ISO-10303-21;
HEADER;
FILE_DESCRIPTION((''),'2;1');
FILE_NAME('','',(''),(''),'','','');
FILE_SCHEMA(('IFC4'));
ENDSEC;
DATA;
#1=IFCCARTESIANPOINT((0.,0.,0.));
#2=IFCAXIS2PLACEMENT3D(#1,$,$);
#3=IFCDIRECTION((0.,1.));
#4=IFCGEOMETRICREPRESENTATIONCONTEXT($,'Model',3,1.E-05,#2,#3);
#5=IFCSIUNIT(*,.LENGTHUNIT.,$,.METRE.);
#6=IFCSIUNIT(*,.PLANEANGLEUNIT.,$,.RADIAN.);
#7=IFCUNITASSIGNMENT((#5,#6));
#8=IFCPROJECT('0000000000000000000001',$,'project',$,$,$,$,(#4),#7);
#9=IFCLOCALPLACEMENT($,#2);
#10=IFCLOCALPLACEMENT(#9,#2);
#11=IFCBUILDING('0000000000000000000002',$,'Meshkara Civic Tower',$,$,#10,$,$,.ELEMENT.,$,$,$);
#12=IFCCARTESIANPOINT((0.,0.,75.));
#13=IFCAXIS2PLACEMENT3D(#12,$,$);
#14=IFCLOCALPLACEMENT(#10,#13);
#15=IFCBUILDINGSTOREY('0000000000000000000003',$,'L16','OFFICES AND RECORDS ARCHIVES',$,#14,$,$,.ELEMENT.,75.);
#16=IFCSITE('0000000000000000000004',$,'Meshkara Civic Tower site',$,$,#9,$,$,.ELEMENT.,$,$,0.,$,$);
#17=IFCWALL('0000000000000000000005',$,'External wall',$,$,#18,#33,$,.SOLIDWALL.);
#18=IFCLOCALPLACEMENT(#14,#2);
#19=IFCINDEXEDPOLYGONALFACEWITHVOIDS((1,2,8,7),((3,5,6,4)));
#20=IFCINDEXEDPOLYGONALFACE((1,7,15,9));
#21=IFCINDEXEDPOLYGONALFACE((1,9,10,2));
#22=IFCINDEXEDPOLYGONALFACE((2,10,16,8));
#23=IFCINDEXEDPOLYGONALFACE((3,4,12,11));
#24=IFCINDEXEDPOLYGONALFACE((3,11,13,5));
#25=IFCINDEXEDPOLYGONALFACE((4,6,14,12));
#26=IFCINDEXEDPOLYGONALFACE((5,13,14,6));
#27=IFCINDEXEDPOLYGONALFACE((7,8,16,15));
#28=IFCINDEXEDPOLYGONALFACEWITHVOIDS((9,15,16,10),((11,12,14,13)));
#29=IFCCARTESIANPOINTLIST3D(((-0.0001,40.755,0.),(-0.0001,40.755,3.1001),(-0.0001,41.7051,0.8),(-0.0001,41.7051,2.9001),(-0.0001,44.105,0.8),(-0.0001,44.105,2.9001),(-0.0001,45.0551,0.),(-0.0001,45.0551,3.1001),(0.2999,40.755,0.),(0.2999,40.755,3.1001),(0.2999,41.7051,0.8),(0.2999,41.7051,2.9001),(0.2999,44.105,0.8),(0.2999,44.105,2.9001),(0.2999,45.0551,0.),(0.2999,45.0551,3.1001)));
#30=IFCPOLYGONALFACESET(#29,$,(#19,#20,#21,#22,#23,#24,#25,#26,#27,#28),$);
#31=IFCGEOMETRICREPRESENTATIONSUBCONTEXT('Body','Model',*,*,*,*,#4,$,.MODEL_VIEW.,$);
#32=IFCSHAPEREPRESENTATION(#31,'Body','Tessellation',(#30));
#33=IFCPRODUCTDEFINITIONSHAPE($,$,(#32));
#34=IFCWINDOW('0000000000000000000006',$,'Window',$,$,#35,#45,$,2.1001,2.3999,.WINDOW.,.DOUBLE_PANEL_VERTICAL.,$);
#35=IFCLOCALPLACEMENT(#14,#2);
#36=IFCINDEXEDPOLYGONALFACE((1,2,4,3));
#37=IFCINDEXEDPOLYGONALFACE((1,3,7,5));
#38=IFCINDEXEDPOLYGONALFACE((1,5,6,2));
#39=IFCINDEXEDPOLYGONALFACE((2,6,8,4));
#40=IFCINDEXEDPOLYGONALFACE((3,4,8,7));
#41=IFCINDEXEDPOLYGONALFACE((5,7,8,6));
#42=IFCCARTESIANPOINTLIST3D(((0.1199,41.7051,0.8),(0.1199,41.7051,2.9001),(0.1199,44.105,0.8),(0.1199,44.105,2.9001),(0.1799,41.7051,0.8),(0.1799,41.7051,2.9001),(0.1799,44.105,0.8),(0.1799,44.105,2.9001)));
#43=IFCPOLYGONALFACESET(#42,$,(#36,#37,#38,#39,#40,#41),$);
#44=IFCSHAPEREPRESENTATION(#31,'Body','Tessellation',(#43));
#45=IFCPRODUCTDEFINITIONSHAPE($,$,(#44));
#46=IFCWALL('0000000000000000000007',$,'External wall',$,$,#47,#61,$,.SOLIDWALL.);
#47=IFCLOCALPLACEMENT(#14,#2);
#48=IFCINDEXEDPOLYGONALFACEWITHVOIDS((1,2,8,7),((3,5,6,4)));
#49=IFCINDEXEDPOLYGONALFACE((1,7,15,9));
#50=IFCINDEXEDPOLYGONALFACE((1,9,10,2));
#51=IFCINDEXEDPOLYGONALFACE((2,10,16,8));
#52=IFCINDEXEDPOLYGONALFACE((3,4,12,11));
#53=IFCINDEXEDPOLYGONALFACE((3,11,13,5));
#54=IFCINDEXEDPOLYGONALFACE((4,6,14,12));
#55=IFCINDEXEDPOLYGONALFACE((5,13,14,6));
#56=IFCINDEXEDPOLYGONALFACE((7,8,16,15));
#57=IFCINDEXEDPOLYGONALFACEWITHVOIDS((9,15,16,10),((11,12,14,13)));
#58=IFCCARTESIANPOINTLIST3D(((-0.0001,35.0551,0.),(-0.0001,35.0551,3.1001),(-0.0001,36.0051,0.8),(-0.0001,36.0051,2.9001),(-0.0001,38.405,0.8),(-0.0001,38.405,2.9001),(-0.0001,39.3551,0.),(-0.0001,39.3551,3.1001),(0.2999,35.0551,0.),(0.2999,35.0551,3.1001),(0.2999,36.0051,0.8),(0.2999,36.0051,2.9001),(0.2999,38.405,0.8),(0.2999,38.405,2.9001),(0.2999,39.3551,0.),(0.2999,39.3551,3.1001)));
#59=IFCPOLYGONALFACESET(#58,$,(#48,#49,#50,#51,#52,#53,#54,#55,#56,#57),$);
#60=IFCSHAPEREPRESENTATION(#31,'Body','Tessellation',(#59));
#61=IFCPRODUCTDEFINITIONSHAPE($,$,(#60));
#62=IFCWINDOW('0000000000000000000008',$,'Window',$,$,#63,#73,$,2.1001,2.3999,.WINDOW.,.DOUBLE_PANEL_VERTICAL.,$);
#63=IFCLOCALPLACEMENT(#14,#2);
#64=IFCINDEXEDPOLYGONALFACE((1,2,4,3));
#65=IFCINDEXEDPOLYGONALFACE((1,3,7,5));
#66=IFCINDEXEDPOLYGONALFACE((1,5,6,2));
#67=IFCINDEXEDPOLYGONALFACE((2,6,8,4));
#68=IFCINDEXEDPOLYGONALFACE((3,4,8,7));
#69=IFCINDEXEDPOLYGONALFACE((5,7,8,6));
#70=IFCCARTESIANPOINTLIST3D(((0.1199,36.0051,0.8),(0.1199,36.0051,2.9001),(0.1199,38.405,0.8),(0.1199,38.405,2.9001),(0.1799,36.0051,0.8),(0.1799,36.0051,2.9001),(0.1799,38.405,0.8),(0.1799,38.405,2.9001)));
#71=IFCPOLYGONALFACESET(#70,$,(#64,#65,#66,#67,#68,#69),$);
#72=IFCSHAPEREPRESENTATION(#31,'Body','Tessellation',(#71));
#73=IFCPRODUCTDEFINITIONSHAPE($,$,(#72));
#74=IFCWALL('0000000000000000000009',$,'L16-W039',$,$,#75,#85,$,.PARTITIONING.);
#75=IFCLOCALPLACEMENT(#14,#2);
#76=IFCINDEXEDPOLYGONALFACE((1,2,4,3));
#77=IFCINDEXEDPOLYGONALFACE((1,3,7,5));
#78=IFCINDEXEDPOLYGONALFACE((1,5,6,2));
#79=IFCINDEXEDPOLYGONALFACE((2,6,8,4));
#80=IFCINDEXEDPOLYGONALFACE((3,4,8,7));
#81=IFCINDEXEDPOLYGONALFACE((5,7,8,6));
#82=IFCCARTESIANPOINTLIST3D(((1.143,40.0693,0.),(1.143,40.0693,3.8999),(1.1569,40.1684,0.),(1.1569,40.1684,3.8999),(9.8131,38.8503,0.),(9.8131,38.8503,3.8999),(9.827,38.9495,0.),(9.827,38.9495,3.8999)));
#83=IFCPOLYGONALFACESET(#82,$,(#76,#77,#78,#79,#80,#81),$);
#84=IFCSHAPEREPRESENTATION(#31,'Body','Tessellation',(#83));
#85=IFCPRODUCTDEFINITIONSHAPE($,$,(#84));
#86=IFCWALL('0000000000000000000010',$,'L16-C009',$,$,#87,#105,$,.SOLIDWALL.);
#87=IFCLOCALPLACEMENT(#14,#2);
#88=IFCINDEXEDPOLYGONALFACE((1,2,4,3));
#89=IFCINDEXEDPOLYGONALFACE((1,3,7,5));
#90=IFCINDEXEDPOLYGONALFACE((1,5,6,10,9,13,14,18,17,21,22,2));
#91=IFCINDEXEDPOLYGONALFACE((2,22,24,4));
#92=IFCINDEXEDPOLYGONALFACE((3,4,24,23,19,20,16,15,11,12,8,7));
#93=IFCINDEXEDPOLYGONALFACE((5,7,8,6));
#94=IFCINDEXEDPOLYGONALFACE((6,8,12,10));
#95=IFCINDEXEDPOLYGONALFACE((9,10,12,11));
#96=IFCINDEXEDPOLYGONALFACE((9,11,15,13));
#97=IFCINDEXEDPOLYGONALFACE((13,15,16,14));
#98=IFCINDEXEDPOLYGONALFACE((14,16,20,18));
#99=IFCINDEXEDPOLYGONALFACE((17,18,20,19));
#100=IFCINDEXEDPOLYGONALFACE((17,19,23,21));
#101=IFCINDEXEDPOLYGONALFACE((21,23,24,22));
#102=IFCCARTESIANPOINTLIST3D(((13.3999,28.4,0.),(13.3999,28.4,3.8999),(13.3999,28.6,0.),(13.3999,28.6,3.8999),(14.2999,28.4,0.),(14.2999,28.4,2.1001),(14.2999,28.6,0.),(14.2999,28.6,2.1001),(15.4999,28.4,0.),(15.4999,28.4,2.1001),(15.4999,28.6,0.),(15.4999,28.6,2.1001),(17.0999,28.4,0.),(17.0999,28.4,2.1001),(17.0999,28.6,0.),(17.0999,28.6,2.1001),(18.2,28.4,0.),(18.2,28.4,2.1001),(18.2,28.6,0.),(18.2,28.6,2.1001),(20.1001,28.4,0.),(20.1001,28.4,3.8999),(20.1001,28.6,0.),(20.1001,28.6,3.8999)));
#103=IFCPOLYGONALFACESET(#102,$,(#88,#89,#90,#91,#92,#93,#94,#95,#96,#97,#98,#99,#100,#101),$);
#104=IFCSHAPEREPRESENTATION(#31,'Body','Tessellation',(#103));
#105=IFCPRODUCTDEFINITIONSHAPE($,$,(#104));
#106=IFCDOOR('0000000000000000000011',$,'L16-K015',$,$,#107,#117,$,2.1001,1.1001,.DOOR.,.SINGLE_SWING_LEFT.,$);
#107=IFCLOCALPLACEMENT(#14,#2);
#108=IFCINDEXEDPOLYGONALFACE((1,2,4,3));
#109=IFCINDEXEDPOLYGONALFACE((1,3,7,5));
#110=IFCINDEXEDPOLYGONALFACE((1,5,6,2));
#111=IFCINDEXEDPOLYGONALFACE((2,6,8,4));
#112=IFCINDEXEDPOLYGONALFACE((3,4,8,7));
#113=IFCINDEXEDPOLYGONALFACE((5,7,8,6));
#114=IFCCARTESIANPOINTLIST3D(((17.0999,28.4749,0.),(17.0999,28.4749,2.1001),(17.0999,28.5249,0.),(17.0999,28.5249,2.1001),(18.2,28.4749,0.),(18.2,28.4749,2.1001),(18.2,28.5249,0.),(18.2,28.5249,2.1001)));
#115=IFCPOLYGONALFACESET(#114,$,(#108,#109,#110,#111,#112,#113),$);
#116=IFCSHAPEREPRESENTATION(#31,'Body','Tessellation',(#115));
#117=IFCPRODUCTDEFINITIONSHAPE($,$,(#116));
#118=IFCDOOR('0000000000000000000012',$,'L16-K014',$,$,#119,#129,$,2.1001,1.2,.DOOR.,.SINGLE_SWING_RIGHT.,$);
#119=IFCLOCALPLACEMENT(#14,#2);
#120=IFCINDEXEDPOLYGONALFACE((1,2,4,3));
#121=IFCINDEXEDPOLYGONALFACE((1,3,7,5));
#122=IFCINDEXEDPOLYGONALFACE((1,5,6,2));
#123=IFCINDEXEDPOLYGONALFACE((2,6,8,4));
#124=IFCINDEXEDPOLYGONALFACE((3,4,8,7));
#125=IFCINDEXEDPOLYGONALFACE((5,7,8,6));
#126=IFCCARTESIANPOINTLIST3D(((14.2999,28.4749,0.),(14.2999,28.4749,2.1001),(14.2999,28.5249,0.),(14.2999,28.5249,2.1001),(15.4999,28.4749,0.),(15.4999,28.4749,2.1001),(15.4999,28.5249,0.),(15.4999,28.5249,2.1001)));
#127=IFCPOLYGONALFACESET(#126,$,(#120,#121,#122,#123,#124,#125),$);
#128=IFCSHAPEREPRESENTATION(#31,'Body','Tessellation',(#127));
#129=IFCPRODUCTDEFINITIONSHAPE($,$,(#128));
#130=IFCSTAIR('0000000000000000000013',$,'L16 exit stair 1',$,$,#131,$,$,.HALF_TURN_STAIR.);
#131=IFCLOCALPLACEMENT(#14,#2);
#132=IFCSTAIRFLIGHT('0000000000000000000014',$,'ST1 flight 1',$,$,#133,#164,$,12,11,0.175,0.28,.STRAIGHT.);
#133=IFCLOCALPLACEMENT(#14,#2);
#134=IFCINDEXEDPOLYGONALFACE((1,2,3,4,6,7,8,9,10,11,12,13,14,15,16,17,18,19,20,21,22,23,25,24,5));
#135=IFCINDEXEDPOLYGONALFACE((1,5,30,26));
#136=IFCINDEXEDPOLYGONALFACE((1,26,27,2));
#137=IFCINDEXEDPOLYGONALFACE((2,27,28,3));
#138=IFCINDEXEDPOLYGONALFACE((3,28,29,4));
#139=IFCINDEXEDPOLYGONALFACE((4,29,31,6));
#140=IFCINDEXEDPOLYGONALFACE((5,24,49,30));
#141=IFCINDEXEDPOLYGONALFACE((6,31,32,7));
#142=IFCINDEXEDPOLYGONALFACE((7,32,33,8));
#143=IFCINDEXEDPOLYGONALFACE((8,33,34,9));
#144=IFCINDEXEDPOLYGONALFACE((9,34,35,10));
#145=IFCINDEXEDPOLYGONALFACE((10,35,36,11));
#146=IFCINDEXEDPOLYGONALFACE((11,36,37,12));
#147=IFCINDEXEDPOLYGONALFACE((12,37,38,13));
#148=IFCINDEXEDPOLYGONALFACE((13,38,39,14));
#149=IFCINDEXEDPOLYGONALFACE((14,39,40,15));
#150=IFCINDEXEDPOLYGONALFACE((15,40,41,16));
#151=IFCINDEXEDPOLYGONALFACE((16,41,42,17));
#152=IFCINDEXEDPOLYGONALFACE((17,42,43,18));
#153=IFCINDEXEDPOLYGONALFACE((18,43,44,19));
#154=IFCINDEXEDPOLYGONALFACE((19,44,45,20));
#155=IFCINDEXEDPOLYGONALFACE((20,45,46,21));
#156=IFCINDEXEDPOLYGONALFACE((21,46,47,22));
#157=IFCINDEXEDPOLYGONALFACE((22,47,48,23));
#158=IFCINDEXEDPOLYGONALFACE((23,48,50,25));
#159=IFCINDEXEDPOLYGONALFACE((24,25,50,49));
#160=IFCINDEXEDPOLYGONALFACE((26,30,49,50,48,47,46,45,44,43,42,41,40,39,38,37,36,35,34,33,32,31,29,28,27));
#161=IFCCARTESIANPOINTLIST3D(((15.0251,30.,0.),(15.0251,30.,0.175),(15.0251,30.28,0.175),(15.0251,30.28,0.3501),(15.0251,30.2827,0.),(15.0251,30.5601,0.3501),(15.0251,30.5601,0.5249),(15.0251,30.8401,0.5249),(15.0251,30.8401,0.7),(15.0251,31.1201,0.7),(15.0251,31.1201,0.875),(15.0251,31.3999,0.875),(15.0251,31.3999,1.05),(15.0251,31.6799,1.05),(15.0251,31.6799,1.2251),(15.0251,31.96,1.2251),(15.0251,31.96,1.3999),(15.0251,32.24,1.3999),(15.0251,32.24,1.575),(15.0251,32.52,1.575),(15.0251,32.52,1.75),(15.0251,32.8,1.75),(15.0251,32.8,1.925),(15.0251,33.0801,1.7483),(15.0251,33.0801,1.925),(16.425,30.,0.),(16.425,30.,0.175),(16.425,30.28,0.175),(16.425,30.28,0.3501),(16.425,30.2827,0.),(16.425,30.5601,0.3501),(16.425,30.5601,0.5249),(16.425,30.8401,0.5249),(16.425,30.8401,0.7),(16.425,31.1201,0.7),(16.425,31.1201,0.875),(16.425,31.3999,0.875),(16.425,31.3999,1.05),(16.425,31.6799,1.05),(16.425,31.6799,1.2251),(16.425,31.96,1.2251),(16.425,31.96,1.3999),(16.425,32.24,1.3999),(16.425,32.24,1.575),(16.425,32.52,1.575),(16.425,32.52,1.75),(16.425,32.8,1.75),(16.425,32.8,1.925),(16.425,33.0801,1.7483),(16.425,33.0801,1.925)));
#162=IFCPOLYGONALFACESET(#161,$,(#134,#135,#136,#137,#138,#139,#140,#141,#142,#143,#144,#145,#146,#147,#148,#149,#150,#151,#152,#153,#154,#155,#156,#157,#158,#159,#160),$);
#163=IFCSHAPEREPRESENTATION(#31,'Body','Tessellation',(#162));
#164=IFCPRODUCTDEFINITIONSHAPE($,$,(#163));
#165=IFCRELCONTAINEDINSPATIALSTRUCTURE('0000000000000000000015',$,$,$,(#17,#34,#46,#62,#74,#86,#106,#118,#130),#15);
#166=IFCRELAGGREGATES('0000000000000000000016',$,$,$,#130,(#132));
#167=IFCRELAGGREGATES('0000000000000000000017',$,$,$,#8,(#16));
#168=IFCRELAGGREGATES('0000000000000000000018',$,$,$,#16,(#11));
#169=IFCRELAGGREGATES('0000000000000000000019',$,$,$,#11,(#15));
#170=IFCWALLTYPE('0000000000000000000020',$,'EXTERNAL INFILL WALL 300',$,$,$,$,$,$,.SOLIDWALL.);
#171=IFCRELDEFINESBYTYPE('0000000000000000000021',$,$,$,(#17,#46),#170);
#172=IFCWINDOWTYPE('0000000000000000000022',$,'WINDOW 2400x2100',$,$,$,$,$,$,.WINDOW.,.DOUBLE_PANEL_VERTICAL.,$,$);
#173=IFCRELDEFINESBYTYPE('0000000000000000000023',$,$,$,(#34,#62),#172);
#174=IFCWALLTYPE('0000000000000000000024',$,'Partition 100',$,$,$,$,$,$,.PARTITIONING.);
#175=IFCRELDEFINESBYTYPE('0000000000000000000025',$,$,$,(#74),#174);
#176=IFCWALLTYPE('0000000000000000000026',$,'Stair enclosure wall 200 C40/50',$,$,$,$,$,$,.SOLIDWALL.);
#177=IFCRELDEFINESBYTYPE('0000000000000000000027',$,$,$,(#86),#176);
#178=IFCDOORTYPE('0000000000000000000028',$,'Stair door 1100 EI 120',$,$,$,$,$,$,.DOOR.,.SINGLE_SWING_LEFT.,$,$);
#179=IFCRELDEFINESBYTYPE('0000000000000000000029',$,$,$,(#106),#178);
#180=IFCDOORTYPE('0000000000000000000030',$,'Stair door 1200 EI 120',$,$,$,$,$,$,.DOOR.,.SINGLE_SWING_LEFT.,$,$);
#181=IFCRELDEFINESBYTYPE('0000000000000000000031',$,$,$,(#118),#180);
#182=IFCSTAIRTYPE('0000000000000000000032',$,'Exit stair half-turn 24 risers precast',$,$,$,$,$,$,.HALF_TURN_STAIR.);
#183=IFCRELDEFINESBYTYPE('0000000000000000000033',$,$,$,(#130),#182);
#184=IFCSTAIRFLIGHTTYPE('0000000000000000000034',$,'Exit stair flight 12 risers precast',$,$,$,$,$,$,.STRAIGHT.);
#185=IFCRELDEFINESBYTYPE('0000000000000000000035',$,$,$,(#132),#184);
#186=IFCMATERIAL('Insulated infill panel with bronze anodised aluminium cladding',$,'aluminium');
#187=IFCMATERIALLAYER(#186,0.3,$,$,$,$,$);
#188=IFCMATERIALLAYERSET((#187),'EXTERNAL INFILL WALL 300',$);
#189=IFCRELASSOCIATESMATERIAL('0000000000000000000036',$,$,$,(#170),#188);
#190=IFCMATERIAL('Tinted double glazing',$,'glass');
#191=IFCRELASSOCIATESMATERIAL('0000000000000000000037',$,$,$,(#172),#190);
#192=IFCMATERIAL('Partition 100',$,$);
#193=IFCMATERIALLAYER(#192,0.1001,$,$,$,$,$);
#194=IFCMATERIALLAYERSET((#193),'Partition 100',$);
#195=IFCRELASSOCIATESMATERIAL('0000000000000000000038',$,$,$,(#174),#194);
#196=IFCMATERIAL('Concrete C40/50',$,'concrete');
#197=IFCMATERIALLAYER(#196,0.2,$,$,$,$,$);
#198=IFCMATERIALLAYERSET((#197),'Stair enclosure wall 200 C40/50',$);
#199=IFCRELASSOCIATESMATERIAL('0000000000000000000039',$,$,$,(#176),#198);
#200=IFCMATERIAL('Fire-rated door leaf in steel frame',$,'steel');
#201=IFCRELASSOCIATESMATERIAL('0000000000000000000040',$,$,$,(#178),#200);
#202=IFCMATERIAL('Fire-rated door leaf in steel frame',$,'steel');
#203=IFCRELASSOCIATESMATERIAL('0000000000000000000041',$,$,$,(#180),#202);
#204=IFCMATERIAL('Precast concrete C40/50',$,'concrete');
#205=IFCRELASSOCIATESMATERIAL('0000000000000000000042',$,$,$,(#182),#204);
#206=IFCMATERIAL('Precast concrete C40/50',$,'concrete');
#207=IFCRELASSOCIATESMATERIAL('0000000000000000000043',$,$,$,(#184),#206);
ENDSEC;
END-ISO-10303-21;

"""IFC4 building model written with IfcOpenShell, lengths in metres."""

from ifc_helpers import new_model, si_unit, direction, frame, frame_2d, origin, place, context, subcontext, project, spatial, polyline, rectangle, outline, extrude, material, layer, layer_set, type_object, element, fill, aggregate, save


model = new_model("IFC4")

# Units and contexts
model_context = context("Model", 3, precision=1e-05, world=origin(), true_north=direction((0.0, 1.0)))
body_context = subcontext(model_context, "Body", "Model", "MODEL_VIEW")
ifc_project = project(units=[si_unit("LENGTHUNIT", "METRE"), si_unit("PLANEANGLEUNIT", "RADIAN")], contexts=[model_context])

# Site, building, storey
site_placement = place(None, origin())
site = spatial("IfcSite", under=ifc_project, at=site_placement, Name="Meshkara Civic Tower site", CompositionType="ELEMENT", RefElevation=0.0)
building_placement = place(site_placement, origin())
building = spatial("IfcBuilding", under=site, at=building_placement, Name="Meshkara Civic Tower", CompositionType="ELEMENT")
storey_placement = place(building_placement, frame((0.0, 0.0, 75.0)))
storey = spatial("IfcBuildingStorey", under=building, at=storey_placement, Name="L16", Description="OFFICES AND RECORDS ARCHIVES", CompositionType="ELEMENT", Elevation=75.0)

# Walls, openings, windows
ifc_material_1 = material(Name="Insulated infill panel with bronze anodised aluminium cladding", Category="aluminium")
ifc_layer_1 = layer(ifc_material_1, 0.3)
ifc_layer_set_1 = layer_set([ifc_layer_1], Name="EXTERNAL INFILL WALL 300")
wall_type_1 = type_object("IfcWallType", Name="EXTERNAL INFILL WALL 300", PredefinedType="SOLIDWALL", material=ifc_layer_set_1)
wall_1_placement = place(storey_placement, frame((0.1499, 45.0549, 0.0), z_axis=(0.0, 0.0, 1.0), x_axis=(0.0, -1.0, 0.0)))
wall_1 = element("IfcWall", 1, at=wall_1_placement, inside=storey, type_object=wall_type_1, Name="External wall", PredefinedType="SOLIDWALL", context=body_context, shape_type="SweptSolid", body=[
    extrude(rectangle(XDim=4.3, YDim=0.3, at=frame_2d((2.1499, 0.0))), origin(), (0.0, 0.0, 1.0), 3.1001),
])
opening_1_placement = place(wall_1_placement, frame((0.95, 0.0, 0.8)))
opening_1 = element("IfcOpeningElement", 2, at=opening_1_placement, cuts=wall_1, PredefinedType="OPENING", context=body_context, shape_type="SweptSolid", body=[
    extrude(rectangle(XDim=2.3999, YDim=2.1001, at=frame_2d((1.2, 1.05))), frame((0.0, 0.1599, 0.0), z_axis=(0.0, -1.0, 0.0), x_axis=(1.0, 0.0, 0.0)), (0.0, 0.0, 1.0), 0.3201),
])
ifc_material_2 = material(Name="Tinted double glazing", Category="glass")
window_type = type_object("IfcWindowType", Name="WINDOW 2400x2100", PartitioningType="DOUBLE_PANEL_VERTICAL", PredefinedType="WINDOW", material=ifc_material_2)
window_1_placement = place(opening_1_placement, origin())
window_1 = element("IfcWindow", 3, at=window_1_placement, inside=storey, type_object=window_type, Name="Window", OverallHeight=2.1001, OverallWidth=2.3999, PartitioningType="DOUBLE_PANEL_VERTICAL", PredefinedType="WINDOW", context=body_context, shape_type="SweptSolid", body=[
    extrude(rectangle(XDim=2.3999, YDim=2.1001, at=frame_2d((1.2, 1.05))), frame((0.0, 0.03, 0.0), z_axis=(0.0, -1.0, 0.0), x_axis=(1.0, 0.0, 0.0)), (0.0, 0.0, 1.0), 0.0601),
])
fill(opening_1, window_1)
wall_2_placement = place(storey_placement, frame((0.1499, 39.355, 0.0), z_axis=(0.0, 0.0, 1.0), x_axis=(0.0, -1.0, 0.0)))
wall_2 = element("IfcWall", 4, at=wall_2_placement, inside=storey, type_object=wall_type_1, Name="External wall", PredefinedType="SOLIDWALL", context=body_context, shape_type="SweptSolid", body=[
    extrude(rectangle(XDim=4.3, YDim=0.3, at=frame_2d((2.1499, 0.0))), origin(), (0.0, 0.0, 1.0), 3.1001),
])
opening_2_placement = place(wall_2_placement, frame((0.95, 0.0, 0.8)))
opening_2 = element("IfcOpeningElement", 5, at=opening_2_placement, cuts=wall_2, PredefinedType="OPENING", context=body_context, shape_type="SweptSolid", body=[
    extrude(rectangle(XDim=2.3999, YDim=2.1001, at=frame_2d((1.2, 1.05))), frame((0.0, 0.1599, 0.0), z_axis=(0.0, -1.0, 0.0), x_axis=(1.0, 0.0, 0.0)), (0.0, 0.0, 1.0), 0.3201),
])
window_2_placement = place(opening_2_placement, origin())
window_2 = element("IfcWindow", 6, at=window_2_placement, inside=storey, type_object=window_type, Name="Window", OverallHeight=2.1001, OverallWidth=2.3999, PartitioningType="DOUBLE_PANEL_VERTICAL", PredefinedType="WINDOW", context=body_context, shape_type="SweptSolid", body=[
    extrude(rectangle(XDim=2.3999, YDim=2.1001, at=frame_2d((1.2, 1.05))), frame((0.0, 0.03, 0.0), z_axis=(0.0, -1.0, 0.0), x_axis=(1.0, 0.0, 0.0)), (0.0, 0.0, 1.0), 0.0601),
])
fill(opening_2, window_2)

# Wall
ifc_material_3 = material(Name="Partition 100")
ifc_layer_2 = layer(ifc_material_3, 0.1001)
ifc_layer_set_2 = layer_set([ifc_layer_2], Name="Partition 100")
wall_type_2 = type_object("IfcWallType", Name="Partition 100", PredefinedType="PARTITIONING", material=ifc_layer_set_2)
wall_3_placement = place(storey_placement, frame((9.8201, 38.8999, 0.0), z_axis=(0.0, 0.0, 1.0), x_axis=(-0.99026, 0.139227, 0.0)))
element("IfcWall", 7, at=wall_3_placement, inside=storey, type_object=wall_type_2, Name="L16-W039", PredefinedType="PARTITIONING", context=body_context, shape_type="SweptSolid", body=[
    extrude(rectangle(XDim=8.7554, YDim=0.1001, at=frame_2d((4.3777, 0.0))), origin(), (0.0, 0.0, 1.0), 3.8999),
])

# Wall, openings, doors
ifc_material_4 = material(Name="Concrete C40/50", Category="concrete")
ifc_layer_3 = layer(ifc_material_4, 0.2)
ifc_layer_set_3 = layer_set([ifc_layer_3], Name="Stair enclosure wall 200 C40/50")
wall_type_3 = type_object("IfcWallType", Name="Stair enclosure wall 200 C40/50", PredefinedType="SOLIDWALL", material=ifc_layer_set_3)
wall_4_placement = place(storey_placement, frame((13.3999, 28.5, 0.0), z_axis=(0.0, 0.0, 1.0), x_axis=(1.0, 0.0, 0.0)))
wall_4 = element("IfcWall", 8, at=wall_4_placement, inside=storey, type_object=wall_type_3, Name="L16-C009", PredefinedType="SOLIDWALL", context=body_context, shape_type="SweptSolid", body=[
    extrude(rectangle(XDim=6.7002, YDim=0.2, at=frame_2d((3.3501, 0.0))), origin(), (0.0, 0.0, 1.0), 3.8999),
])
opening_3_placement = place(wall_4_placement, frame((0.8999, 0.0, 0.0)))
opening_3 = element("IfcOpeningElement", 9, at=opening_3_placement, cuts=wall_4, PredefinedType="OPENING", context=body_context, shape_type="SweptSolid", body=[
    extrude(rectangle(XDim=1.2, YDim=2.1001, at=frame_2d((0.6001, 1.05))), frame((0.0, 0.1099, 0.0), z_axis=(0.0, -1.0, 0.0), x_axis=(1.0, 0.0, 0.0)), (0.0, 0.0, 1.0), 0.22),
])
opening_4_placement = place(wall_4_placement, frame((3.7, 0.0, 0.0)))
opening_4 = element("IfcOpeningElement", 10, at=opening_4_placement, cuts=wall_4, PredefinedType="OPENING", context=body_context, shape_type="SweptSolid", body=[
    extrude(rectangle(XDim=1.1001, YDim=2.1001, at=frame_2d((0.55, 1.05))), frame((0.0, 0.1099, 0.0), z_axis=(0.0, -1.0, 0.0), x_axis=(1.0, 0.0, 0.0)), (0.0, 0.0, 1.0), 0.22),
])
ifc_material_5 = material(Name="Fire-rated door leaf in steel frame", Category="steel")
door_type_1 = type_object("IfcDoorType", Name="Stair door 1100 EI 120", OperationType="SINGLE_SWING_LEFT", PredefinedType="DOOR", material=ifc_material_5)
door_1_placement = place(opening_4_placement, origin())
door_1 = element("IfcDoor", 11, at=door_1_placement, inside=storey, type_object=door_type_1, Name="L16-K015", OperationType="SINGLE_SWING_LEFT", OverallHeight=2.1001, OverallWidth=1.1001, PredefinedType="DOOR", context=body_context, shape_type="SweptSolid", body=[
    extrude(rectangle(XDim=1.1001, YDim=2.1001, at=frame_2d((0.55, 1.05))), frame((0.0, 0.0249, 0.0), z_axis=(0.0, -1.0, 0.0), x_axis=(1.0, 0.0, 0.0)), (0.0, 0.0, 1.0), 0.05),
])
fill(opening_4, door_1)
ifc_material_6 = material(Name="Fire-rated door leaf in steel frame", Category="steel")
door_type_2 = type_object("IfcDoorType", Name="Stair door 1200 EI 120", OperationType="SINGLE_SWING_LEFT", PredefinedType="DOOR", material=ifc_material_6)
door_2_placement = place(opening_3_placement, origin())
door_2 = element("IfcDoor", 12, at=door_2_placement, inside=storey, type_object=door_type_2, Name="L16-K014", OperationType="SINGLE_SWING_RIGHT", OverallHeight=2.1001, OverallWidth=1.2, PredefinedType="DOOR", context=body_context, shape_type="SweptSolid", body=[
    extrude(rectangle(XDim=1.2, YDim=2.1001, at=frame_2d((0.6001, 1.05))), frame((0.0, 0.0249, 0.0), z_axis=(0.0, -1.0, 0.0), x_axis=(1.0, 0.0, 0.0)), (0.0, 0.0, 1.0), 0.05),
])
fill(opening_3, door_2)

# Stair, stair flight
ifc_material_7 = material(Name="Precast concrete C40/50", Category="concrete")
stair_type = type_object("IfcStairType", Name="Exit stair half-turn 24 risers precast", PredefinedType="HALF_TURN_STAIR", material=ifc_material_7)
stair_placement = place(storey_placement, origin())
stair = element("IfcStair", 13, at=stair_placement, inside=storey, type_object=stair_type, Name="L16 exit stair 1", PredefinedType="HALF_TURN_STAIR")
ifc_material_8 = material(Name="Precast concrete C40/50", Category="concrete")
stair_flight_type = type_object("IfcStairFlightType", Name="Exit stair flight 12 risers precast", PredefinedType="STRAIGHT", material=ifc_material_8)
stair_flight_1_placement = place(storey_placement, frame((15.7251, 30.0, 0.0), z_axis=(0.0, 0.0, 1.0), x_axis=(0.0, 1.0, 0.0)))
stair_flight_1 = element("IfcStairFlight", 14, at=stair_flight_1_placement, type_object=stair_flight_type, Name="ST1 flight 1", NumberOfRisers=12, NumberOfTreads=11, PredefinedType="STRAIGHT", RiserHeight=0.175, TreadLength=0.28, context=body_context, shape_type="SweptSolid", body=[
    extrude(outline(polyline([(0.0, 0.0), (0.0, 0.175), (0.28, 0.175), (0.28, 0.3501), (0.5601, 0.3501), (0.5601, 0.5249), (0.8401, 0.5249), (0.8401, 0.7), (1.1201, 0.7), (1.1201, 0.875), (1.3999, 0.875), (1.3999, 1.05), (1.6799, 1.05), (1.6799, 1.2251), (1.96, 1.2251), (1.96, 1.3999), (2.24, 1.3999), (2.24, 1.575), (2.52, 1.575), (2.52, 1.75), (2.8, 1.75), (2.8, 1.925), (3.0801, 1.925), (3.0801, 2.1001), (3.0801, 1.7483), (0.2827, 0.0), (0.0, 0.0)])), frame((0.0, 0.7, 0.0), z_axis=(0.0, -1.0, 0.0), x_axis=(1.0, 0.0, 0.0)), (0.0, 0.0, 1.0), 1.3999),
])
aggregate(stair, [stair_flight_1])

save(model, "model.ifc")
